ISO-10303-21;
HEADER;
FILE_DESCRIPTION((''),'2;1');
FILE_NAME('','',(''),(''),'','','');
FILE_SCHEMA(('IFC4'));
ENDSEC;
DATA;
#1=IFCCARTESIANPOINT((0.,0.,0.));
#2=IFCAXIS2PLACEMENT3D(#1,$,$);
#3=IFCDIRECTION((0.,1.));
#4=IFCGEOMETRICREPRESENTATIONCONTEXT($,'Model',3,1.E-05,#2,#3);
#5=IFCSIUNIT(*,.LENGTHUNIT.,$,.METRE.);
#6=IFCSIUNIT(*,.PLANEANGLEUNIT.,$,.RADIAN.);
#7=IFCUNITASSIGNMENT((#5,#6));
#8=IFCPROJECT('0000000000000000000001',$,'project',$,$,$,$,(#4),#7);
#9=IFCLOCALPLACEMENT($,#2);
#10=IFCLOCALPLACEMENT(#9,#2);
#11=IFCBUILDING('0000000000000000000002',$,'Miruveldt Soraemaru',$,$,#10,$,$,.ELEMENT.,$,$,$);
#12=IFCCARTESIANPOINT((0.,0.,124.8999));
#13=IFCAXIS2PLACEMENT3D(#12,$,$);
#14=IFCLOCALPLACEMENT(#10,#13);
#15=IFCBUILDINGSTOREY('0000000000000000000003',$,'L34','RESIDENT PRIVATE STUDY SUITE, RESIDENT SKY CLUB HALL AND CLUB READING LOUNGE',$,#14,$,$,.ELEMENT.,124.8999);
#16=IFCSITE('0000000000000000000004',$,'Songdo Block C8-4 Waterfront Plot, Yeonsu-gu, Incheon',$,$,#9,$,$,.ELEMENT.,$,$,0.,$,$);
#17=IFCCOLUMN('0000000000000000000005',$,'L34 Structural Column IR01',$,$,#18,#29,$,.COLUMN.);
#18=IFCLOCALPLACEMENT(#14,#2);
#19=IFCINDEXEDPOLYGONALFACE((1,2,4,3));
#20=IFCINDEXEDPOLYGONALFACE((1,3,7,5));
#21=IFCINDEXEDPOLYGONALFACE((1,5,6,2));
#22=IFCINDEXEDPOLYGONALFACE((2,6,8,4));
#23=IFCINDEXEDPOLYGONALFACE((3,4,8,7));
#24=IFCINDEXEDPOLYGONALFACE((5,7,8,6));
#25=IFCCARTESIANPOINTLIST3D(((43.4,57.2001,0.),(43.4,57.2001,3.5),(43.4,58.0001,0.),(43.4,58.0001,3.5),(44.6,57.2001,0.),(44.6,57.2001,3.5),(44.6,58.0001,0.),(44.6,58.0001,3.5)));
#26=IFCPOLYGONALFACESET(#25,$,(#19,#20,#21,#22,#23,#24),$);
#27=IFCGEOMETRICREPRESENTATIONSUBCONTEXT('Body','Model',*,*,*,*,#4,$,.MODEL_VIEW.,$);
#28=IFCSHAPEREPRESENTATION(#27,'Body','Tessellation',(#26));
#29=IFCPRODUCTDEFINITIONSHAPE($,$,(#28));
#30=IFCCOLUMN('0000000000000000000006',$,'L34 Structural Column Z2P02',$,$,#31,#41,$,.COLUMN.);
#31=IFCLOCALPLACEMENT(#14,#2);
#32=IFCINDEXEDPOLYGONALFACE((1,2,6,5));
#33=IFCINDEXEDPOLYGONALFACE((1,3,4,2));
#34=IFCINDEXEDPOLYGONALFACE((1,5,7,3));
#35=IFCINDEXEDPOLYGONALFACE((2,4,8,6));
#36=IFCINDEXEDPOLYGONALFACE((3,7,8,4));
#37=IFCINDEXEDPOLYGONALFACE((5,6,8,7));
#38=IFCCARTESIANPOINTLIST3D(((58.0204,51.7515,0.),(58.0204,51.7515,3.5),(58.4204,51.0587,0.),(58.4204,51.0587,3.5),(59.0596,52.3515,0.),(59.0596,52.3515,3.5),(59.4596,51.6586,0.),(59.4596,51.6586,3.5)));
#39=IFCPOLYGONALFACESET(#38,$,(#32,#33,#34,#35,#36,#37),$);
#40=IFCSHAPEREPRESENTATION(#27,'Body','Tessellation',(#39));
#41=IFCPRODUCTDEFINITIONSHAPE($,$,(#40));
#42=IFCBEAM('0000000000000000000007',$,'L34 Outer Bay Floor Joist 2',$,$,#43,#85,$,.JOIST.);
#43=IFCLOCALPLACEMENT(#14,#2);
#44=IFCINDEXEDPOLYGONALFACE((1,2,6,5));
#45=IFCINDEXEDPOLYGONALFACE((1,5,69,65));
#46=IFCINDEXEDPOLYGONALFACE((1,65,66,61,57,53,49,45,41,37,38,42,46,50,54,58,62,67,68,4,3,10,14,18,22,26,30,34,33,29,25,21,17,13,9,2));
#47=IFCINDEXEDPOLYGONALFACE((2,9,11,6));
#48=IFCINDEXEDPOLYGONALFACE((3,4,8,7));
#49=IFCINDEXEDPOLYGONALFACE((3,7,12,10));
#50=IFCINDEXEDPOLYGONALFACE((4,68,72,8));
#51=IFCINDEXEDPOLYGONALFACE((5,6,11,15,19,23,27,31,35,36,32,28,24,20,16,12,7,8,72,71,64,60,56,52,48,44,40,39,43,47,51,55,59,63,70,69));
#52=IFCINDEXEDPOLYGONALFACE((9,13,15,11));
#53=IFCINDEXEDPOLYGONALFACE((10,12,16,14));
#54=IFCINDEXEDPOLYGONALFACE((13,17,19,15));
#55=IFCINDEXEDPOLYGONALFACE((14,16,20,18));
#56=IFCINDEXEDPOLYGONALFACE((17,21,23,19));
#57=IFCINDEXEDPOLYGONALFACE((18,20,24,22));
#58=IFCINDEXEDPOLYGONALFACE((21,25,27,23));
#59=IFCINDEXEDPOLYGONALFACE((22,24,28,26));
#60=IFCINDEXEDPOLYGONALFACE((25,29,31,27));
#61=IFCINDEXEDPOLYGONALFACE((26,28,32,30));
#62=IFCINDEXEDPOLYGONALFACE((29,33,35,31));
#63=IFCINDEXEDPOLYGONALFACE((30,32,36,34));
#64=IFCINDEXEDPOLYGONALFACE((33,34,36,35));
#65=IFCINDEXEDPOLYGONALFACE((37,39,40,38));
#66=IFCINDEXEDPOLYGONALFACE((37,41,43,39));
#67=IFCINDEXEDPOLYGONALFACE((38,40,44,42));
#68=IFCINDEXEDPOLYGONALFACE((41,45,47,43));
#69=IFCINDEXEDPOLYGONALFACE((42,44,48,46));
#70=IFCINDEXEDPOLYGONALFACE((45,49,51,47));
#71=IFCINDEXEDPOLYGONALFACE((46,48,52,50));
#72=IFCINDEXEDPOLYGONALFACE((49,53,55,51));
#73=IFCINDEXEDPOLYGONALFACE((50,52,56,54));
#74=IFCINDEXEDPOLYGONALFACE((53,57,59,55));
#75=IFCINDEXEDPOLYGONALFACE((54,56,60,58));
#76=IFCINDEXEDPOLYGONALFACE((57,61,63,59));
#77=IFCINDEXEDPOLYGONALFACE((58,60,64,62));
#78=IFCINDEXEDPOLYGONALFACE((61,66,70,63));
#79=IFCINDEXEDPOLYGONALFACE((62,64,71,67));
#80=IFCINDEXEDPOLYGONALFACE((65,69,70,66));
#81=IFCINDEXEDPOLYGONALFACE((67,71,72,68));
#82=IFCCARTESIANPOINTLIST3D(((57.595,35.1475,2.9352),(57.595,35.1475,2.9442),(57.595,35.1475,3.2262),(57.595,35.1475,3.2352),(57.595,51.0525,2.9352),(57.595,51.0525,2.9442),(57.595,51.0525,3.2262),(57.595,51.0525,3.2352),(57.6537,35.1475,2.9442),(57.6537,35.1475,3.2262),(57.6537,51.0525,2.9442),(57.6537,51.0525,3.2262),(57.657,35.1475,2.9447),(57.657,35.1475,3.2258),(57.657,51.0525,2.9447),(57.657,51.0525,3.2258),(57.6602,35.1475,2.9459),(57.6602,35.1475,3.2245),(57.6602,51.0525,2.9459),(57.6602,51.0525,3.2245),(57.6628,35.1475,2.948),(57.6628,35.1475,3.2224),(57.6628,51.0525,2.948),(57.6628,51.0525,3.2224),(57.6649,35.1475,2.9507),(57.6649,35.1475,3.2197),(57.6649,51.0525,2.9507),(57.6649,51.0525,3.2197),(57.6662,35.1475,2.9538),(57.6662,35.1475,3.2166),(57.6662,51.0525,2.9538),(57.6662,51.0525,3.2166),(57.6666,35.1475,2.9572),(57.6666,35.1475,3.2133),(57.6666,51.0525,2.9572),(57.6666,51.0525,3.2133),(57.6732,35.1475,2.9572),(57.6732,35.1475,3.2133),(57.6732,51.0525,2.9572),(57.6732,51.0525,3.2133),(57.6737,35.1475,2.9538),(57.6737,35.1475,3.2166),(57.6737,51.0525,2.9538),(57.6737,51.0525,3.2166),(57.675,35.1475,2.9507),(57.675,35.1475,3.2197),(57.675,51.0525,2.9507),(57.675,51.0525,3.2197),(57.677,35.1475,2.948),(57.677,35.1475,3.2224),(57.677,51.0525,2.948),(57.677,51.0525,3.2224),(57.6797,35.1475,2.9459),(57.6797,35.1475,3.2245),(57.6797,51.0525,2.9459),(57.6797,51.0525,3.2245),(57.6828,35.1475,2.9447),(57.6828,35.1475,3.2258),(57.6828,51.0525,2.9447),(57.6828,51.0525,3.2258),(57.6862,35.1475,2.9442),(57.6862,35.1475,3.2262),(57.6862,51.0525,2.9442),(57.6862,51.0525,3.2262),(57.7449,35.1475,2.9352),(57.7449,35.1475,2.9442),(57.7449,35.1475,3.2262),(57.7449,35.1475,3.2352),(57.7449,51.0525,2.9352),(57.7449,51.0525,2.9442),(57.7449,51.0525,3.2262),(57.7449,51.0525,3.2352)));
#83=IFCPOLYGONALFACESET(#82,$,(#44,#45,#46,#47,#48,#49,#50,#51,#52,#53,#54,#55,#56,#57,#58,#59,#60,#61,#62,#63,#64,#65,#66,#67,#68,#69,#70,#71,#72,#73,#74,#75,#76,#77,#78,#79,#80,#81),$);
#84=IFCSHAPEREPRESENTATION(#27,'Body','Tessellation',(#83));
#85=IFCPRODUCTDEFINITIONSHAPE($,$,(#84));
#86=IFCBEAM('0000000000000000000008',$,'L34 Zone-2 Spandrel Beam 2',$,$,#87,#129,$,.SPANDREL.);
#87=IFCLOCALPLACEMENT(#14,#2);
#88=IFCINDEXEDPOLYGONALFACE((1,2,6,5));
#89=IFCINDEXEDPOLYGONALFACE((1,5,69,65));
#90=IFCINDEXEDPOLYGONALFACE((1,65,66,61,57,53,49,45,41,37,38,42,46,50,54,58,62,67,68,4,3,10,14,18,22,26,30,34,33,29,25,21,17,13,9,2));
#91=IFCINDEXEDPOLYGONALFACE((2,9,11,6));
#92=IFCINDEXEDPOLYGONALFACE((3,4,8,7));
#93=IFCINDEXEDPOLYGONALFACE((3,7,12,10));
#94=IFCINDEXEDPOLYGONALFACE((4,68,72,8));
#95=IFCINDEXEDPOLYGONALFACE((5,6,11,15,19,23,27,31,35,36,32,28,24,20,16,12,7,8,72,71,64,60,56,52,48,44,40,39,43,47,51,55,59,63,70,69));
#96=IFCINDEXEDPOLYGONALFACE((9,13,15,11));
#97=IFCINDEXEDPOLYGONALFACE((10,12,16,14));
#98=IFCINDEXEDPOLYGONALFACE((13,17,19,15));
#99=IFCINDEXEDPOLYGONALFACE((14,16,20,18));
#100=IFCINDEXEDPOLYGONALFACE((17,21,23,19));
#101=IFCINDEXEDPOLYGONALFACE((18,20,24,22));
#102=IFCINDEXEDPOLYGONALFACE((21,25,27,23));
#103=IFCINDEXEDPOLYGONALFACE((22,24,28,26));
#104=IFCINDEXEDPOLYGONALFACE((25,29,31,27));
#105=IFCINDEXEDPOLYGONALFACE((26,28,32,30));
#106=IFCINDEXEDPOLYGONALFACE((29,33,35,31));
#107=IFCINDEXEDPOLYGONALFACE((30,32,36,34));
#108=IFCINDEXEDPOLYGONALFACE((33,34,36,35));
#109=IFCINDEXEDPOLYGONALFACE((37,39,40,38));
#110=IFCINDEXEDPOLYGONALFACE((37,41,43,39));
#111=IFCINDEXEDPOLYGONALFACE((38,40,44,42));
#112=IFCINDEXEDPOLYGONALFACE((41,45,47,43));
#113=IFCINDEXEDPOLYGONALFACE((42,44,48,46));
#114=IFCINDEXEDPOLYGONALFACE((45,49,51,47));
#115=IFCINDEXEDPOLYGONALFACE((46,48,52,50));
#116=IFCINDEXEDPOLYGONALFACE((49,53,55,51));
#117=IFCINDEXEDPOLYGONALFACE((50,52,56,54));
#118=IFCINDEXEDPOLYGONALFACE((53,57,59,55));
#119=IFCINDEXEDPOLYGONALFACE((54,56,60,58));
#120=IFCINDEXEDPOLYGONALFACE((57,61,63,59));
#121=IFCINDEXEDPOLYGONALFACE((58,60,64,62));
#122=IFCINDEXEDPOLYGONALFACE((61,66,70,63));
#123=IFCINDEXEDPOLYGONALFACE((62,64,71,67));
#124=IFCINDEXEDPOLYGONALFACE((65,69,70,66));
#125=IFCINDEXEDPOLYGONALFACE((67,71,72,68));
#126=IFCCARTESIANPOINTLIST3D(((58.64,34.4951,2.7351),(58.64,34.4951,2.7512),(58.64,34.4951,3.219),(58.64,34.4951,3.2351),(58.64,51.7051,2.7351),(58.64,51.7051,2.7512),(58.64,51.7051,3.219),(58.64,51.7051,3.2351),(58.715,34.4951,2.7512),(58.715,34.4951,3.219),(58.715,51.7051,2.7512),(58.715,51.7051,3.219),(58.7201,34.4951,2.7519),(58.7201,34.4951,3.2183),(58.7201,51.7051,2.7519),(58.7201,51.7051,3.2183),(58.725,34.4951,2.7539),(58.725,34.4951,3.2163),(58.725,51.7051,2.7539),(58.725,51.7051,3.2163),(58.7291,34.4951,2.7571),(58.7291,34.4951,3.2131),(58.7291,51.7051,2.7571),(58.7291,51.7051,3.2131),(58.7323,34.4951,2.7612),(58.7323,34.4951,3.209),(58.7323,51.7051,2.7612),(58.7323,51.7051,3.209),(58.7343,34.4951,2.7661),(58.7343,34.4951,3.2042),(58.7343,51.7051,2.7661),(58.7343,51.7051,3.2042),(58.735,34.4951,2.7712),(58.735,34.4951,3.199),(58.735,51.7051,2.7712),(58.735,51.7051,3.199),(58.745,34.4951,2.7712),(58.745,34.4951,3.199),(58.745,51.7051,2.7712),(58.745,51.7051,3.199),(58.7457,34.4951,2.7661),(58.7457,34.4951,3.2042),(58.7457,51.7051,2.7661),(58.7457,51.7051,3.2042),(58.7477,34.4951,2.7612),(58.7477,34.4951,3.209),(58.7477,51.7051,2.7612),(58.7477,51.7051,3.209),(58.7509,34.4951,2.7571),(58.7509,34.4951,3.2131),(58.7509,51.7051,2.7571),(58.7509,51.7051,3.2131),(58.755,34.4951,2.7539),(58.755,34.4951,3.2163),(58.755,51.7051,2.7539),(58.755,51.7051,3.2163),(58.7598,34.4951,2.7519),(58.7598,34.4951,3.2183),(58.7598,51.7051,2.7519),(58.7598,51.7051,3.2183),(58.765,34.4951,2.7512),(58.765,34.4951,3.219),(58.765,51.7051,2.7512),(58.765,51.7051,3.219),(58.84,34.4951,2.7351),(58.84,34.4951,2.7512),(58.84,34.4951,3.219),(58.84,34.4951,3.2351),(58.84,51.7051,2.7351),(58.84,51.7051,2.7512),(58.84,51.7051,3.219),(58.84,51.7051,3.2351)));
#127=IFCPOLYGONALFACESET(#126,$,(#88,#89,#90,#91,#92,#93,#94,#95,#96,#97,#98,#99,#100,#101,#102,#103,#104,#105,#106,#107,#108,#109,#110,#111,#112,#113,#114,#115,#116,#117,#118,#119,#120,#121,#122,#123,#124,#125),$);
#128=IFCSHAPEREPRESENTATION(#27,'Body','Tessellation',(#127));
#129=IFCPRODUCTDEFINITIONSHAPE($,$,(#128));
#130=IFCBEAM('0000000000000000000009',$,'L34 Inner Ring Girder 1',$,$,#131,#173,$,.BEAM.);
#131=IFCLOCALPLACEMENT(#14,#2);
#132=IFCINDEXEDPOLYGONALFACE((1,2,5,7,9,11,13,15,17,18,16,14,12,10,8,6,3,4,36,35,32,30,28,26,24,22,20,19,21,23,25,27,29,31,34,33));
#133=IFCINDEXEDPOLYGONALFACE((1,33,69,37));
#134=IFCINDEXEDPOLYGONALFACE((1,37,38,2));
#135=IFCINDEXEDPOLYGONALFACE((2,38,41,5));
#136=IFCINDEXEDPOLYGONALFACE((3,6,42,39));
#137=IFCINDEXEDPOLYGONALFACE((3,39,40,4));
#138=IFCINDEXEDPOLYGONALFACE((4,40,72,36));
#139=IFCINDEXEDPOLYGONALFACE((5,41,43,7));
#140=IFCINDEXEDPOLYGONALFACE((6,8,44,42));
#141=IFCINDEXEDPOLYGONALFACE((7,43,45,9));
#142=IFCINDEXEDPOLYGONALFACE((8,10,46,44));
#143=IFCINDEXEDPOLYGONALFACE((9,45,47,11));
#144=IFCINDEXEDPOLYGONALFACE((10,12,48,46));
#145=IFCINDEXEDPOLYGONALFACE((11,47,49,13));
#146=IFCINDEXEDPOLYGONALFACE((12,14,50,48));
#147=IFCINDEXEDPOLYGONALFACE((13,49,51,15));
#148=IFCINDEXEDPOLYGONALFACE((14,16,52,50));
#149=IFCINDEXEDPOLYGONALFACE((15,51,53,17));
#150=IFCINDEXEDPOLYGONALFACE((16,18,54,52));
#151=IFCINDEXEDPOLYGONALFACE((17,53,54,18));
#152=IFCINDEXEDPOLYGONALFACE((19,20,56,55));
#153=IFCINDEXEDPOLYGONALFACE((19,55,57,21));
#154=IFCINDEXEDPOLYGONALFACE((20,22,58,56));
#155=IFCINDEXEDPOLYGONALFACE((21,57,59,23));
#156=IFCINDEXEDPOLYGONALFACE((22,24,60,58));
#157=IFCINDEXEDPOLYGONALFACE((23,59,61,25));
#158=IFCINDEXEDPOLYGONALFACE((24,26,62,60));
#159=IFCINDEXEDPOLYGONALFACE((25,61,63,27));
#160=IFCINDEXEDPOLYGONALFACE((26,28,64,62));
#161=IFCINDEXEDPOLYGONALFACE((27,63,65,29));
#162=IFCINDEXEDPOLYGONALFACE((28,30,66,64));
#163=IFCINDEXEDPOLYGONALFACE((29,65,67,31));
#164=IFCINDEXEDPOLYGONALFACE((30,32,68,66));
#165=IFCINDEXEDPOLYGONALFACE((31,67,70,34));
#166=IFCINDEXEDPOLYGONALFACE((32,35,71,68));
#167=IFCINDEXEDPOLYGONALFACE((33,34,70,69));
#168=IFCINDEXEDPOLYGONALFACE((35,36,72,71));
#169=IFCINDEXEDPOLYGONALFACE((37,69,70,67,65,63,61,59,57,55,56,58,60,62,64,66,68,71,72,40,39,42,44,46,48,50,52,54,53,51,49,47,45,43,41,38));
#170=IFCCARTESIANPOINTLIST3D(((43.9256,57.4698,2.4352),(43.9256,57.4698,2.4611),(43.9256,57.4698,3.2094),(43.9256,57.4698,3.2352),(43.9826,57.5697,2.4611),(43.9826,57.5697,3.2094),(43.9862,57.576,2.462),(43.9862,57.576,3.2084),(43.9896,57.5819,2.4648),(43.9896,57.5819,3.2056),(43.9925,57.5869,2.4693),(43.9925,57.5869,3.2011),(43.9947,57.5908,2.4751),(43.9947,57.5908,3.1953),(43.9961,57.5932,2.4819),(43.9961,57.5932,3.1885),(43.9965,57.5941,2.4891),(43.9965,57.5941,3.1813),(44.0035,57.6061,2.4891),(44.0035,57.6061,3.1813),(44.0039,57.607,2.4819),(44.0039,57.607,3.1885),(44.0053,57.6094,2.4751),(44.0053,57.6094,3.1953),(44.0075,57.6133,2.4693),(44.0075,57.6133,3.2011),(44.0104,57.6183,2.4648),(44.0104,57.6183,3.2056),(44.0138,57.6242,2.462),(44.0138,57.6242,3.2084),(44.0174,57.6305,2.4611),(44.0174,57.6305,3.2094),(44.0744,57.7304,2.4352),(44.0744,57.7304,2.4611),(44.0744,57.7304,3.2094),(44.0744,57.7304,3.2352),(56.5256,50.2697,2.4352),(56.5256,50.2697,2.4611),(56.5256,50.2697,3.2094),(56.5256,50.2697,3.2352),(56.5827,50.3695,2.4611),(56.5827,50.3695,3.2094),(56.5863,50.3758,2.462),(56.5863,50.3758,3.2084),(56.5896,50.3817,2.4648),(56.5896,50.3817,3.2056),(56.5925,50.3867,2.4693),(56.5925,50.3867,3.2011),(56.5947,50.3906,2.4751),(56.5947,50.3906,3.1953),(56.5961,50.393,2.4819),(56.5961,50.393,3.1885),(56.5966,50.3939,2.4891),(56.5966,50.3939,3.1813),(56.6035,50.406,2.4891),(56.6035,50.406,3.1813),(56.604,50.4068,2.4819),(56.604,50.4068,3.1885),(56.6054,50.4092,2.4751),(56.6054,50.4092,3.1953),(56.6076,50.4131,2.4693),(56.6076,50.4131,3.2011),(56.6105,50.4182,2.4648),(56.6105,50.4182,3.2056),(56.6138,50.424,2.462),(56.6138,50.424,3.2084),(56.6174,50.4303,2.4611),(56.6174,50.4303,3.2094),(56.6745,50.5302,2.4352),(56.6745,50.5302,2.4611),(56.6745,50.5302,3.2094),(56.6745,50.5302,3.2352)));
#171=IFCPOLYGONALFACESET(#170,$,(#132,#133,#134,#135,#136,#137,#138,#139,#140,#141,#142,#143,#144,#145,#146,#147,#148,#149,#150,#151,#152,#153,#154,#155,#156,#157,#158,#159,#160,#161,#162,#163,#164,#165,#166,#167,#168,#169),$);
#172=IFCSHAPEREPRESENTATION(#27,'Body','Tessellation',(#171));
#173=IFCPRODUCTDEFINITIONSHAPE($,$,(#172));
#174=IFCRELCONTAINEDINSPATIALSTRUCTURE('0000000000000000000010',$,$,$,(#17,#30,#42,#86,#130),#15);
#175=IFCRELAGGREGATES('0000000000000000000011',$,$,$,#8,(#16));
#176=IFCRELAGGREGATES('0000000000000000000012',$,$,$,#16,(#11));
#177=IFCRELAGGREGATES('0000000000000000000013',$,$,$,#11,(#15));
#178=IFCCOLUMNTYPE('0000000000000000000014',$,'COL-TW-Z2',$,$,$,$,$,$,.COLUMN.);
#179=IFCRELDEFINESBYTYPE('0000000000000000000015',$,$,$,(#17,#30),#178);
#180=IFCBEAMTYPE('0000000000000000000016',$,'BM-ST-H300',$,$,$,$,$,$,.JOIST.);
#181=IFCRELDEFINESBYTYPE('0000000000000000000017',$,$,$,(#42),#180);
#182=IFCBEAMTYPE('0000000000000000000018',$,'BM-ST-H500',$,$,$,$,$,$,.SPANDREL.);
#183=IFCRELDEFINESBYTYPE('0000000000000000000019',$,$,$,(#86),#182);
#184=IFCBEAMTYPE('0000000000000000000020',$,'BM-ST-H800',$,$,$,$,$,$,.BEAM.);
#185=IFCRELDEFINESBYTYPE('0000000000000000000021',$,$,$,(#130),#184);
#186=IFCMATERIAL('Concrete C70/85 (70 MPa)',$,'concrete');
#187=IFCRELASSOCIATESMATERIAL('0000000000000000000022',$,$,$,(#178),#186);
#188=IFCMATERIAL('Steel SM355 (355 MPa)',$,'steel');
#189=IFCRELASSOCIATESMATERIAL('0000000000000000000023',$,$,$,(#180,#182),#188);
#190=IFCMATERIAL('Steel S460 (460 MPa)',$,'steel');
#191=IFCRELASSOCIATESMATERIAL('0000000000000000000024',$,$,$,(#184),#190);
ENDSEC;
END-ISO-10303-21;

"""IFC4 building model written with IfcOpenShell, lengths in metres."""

from ifc_helpers import new_model, si_unit, direction, frame, origin, origin_2d, place, context, subcontext, project, spatial, rectangle, i_section, extrude, material, material_profile, profile_set, type_object, element, save


model = new_model("IFC4")

# Units and contexts
model_context = context("Model", 3, precision=1e-05, world=origin(), true_north=direction((0.0, 1.0)))
body_context = subcontext(model_context, "Body", "Model", "MODEL_VIEW")
ifc_project = project(units=[si_unit("LENGTHUNIT", "METRE"), si_unit("PLANEANGLEUNIT", "RADIAN")], contexts=[model_context])

# Site, building, storey
site_placement = place(None, origin())
site = spatial("IfcSite", under=ifc_project, at=site_placement, Name="Songdo Block C8-4 Waterfront Plot, Yeonsu-gu, Incheon", CompositionType="ELEMENT", RefElevation=0.0)
building_placement = place(site_placement, origin())
building = spatial("IfcBuilding", under=site, at=building_placement, Name="Miruveldt Soraemaru", CompositionType="ELEMENT")
storey_placement = place(building_placement, frame((0.0, 0.0, 124.8999)))
storey = spatial("IfcBuildingStorey", under=building, at=storey_placement, Name="L34", Description="RESIDENT PRIVATE STUDY SUITE, RESIDENT SKY CLUB HALL AND CLUB READING LOUNGE", CompositionType="ELEMENT", Elevation=124.8999)

# Columns
ifc_material_1 = material(Name="Concrete C70/85 (70 MPa)", Category="concrete")
ifc_material_profile_1 = material_profile(ifc_material_1, rectangle(XDim=1.2, YDim=0.8, at=origin_2d()), Name="Concrete C70/85 (70 MPa)", Category="concrete")
ifc_profile_set_1 = profile_set([ifc_material_profile_1], Name="Concrete C70/85 (70 MPa)")
column_type = type_object("IfcColumnType", Name="COL-TW-Z2", PredefinedType="COLUMN", material=ifc_profile_set_1)
for number, where, z_axis, x_axis, name in (
    (1, (44.0, 57.6001, 0.0), (0.0, 0.0, 1.0), (1.0, 0.0, 0.0), "L34 Structural Column IR01"),
    (2, (58.74, 51.7051, 0.0), (0.0, 0.0, 1.0), (0.866025, 0.5, 0.0), "L34 Structural Column Z2P02"),
):
    element("IfcColumn", number, at=place(storey_placement, frame(where, z_axis=z_axis, x_axis=x_axis)), inside=storey, type_object=column_type, Name=name, PredefinedType="COLUMN", context=body_context, shape_type="SweptSolid", body=[
        extrude(rectangle(XDim=1.2, YDim=0.8, at=origin_2d()), origin(), (0.0, 0.0, 1.0), 3.5),
    ])

# Beams
ifc_material_2 = material(Name="Steel SM355 (355 MPa)", Category="steel")
ifc_material_profile_2 = material_profile(ifc_material_2, i_section(OverallWidth=0.1499, OverallDepth=0.3, WebThickness=0.0066, FlangeThickness=0.009, FilletRadius=0.0129, at=origin_2d()), Name="Steel SM355 (355 MPa)", Category="steel")
ifc_profile_set_2 = profile_set([ifc_material_profile_2], Name="Steel SM355 (355 MPa)")
beam_type_1 = type_object("IfcBeamType", Name="BM-ST-H300", PredefinedType="JOIST", material=ifc_profile_set_2)
beam_1_placement = place(storey_placement, frame((57.6699, 51.0525, 3.0852), z_axis=(0.0, -1.0, 0.0), x_axis=(1.0, 0.0, 0.0)))
element("IfcBeam", 3, at=beam_1_placement, inside=storey, type_object=beam_type_1, Name="L34 Outer Bay Floor Joist 2", PredefinedType="JOIST", context=body_context, shape_type="SweptSolid", body=[
    extrude(i_section(OverallWidth=0.1499, OverallDepth=0.3, WebThickness=0.0066, FlangeThickness=0.009, FilletRadius=0.0129, at=origin_2d()), origin(), (0.0, 0.0, 1.0), 15.905),
])
ifc_material_profile_3 = material_profile(ifc_material_2, i_section(OverallWidth=0.2, OverallDepth=0.5, WebThickness=0.01, FlangeThickness=0.0161, FilletRadius=0.02, at=origin_2d()), Name="Steel SM355 (355 MPa)", Category="steel")
ifc_profile_set_3 = profile_set([ifc_material_profile_3], Name="Steel SM355 (355 MPa)")
beam_type_2 = type_object("IfcBeamType", Name="BM-ST-H500", PredefinedType="SPANDREL", material=ifc_profile_set_3)
beam_2_placement = place(storey_placement, frame((58.74, 51.7051, 2.9851), z_axis=(0.0, -1.0, 0.0), x_axis=(1.0, 0.0, 0.0)))
element("IfcBeam", 4, at=beam_2_placement, inside=storey, type_object=beam_type_2, Name="L34 Zone-2 Spandrel Beam 2", PredefinedType="SPANDREL", context=body_context, shape_type="SweptSolid", body=[
    extrude(i_section(OverallWidth=0.2, OverallDepth=0.5, WebThickness=0.01, FlangeThickness=0.0161, FilletRadius=0.02, at=origin_2d()), origin(), (0.0, 0.0, 1.0), 17.21),
])
ifc_material_3 = material(Name="Steel S460 (460 MPa)", Category="steel")
ifc_material_profile_4 = material_profile(ifc_material_3, i_section(OverallWidth=0.3, OverallDepth=0.8, WebThickness=0.0139, FlangeThickness=0.0259, FilletRadius=0.0281, at=origin_2d()), Name="Steel S460 (460 MPa)", Category="steel")
ifc_profile_set_4 = profile_set([ifc_material_profile_4], Name="Steel S460 (460 MPa)")
beam_type_3 = type_object("IfcBeamType", Name="BM-ST-H800", PredefinedType="BEAM", material=ifc_profile_set_4)
beam_3_placement = place(storey_placement, frame((44.0, 57.6001, 2.8352), z_axis=(0.868239, -0.496146, 0.0), x_axis=(0.496146, 0.868239, 0.0)))
element("IfcBeam", 5, at=beam_3_placement, inside=storey, type_object=beam_type_3, Name="L34 Inner Ring Girder 1", PredefinedType="BEAM", context=body_context, shape_type="SweptSolid", body=[
    extrude(i_section(OverallWidth=0.3, OverallDepth=0.8, WebThickness=0.0139, FlangeThickness=0.0259, FilletRadius=0.0281, at=origin_2d()), origin(), (0.0, 0.0, 1.0), 14.5122),
])

save(model, "model.ifc")
